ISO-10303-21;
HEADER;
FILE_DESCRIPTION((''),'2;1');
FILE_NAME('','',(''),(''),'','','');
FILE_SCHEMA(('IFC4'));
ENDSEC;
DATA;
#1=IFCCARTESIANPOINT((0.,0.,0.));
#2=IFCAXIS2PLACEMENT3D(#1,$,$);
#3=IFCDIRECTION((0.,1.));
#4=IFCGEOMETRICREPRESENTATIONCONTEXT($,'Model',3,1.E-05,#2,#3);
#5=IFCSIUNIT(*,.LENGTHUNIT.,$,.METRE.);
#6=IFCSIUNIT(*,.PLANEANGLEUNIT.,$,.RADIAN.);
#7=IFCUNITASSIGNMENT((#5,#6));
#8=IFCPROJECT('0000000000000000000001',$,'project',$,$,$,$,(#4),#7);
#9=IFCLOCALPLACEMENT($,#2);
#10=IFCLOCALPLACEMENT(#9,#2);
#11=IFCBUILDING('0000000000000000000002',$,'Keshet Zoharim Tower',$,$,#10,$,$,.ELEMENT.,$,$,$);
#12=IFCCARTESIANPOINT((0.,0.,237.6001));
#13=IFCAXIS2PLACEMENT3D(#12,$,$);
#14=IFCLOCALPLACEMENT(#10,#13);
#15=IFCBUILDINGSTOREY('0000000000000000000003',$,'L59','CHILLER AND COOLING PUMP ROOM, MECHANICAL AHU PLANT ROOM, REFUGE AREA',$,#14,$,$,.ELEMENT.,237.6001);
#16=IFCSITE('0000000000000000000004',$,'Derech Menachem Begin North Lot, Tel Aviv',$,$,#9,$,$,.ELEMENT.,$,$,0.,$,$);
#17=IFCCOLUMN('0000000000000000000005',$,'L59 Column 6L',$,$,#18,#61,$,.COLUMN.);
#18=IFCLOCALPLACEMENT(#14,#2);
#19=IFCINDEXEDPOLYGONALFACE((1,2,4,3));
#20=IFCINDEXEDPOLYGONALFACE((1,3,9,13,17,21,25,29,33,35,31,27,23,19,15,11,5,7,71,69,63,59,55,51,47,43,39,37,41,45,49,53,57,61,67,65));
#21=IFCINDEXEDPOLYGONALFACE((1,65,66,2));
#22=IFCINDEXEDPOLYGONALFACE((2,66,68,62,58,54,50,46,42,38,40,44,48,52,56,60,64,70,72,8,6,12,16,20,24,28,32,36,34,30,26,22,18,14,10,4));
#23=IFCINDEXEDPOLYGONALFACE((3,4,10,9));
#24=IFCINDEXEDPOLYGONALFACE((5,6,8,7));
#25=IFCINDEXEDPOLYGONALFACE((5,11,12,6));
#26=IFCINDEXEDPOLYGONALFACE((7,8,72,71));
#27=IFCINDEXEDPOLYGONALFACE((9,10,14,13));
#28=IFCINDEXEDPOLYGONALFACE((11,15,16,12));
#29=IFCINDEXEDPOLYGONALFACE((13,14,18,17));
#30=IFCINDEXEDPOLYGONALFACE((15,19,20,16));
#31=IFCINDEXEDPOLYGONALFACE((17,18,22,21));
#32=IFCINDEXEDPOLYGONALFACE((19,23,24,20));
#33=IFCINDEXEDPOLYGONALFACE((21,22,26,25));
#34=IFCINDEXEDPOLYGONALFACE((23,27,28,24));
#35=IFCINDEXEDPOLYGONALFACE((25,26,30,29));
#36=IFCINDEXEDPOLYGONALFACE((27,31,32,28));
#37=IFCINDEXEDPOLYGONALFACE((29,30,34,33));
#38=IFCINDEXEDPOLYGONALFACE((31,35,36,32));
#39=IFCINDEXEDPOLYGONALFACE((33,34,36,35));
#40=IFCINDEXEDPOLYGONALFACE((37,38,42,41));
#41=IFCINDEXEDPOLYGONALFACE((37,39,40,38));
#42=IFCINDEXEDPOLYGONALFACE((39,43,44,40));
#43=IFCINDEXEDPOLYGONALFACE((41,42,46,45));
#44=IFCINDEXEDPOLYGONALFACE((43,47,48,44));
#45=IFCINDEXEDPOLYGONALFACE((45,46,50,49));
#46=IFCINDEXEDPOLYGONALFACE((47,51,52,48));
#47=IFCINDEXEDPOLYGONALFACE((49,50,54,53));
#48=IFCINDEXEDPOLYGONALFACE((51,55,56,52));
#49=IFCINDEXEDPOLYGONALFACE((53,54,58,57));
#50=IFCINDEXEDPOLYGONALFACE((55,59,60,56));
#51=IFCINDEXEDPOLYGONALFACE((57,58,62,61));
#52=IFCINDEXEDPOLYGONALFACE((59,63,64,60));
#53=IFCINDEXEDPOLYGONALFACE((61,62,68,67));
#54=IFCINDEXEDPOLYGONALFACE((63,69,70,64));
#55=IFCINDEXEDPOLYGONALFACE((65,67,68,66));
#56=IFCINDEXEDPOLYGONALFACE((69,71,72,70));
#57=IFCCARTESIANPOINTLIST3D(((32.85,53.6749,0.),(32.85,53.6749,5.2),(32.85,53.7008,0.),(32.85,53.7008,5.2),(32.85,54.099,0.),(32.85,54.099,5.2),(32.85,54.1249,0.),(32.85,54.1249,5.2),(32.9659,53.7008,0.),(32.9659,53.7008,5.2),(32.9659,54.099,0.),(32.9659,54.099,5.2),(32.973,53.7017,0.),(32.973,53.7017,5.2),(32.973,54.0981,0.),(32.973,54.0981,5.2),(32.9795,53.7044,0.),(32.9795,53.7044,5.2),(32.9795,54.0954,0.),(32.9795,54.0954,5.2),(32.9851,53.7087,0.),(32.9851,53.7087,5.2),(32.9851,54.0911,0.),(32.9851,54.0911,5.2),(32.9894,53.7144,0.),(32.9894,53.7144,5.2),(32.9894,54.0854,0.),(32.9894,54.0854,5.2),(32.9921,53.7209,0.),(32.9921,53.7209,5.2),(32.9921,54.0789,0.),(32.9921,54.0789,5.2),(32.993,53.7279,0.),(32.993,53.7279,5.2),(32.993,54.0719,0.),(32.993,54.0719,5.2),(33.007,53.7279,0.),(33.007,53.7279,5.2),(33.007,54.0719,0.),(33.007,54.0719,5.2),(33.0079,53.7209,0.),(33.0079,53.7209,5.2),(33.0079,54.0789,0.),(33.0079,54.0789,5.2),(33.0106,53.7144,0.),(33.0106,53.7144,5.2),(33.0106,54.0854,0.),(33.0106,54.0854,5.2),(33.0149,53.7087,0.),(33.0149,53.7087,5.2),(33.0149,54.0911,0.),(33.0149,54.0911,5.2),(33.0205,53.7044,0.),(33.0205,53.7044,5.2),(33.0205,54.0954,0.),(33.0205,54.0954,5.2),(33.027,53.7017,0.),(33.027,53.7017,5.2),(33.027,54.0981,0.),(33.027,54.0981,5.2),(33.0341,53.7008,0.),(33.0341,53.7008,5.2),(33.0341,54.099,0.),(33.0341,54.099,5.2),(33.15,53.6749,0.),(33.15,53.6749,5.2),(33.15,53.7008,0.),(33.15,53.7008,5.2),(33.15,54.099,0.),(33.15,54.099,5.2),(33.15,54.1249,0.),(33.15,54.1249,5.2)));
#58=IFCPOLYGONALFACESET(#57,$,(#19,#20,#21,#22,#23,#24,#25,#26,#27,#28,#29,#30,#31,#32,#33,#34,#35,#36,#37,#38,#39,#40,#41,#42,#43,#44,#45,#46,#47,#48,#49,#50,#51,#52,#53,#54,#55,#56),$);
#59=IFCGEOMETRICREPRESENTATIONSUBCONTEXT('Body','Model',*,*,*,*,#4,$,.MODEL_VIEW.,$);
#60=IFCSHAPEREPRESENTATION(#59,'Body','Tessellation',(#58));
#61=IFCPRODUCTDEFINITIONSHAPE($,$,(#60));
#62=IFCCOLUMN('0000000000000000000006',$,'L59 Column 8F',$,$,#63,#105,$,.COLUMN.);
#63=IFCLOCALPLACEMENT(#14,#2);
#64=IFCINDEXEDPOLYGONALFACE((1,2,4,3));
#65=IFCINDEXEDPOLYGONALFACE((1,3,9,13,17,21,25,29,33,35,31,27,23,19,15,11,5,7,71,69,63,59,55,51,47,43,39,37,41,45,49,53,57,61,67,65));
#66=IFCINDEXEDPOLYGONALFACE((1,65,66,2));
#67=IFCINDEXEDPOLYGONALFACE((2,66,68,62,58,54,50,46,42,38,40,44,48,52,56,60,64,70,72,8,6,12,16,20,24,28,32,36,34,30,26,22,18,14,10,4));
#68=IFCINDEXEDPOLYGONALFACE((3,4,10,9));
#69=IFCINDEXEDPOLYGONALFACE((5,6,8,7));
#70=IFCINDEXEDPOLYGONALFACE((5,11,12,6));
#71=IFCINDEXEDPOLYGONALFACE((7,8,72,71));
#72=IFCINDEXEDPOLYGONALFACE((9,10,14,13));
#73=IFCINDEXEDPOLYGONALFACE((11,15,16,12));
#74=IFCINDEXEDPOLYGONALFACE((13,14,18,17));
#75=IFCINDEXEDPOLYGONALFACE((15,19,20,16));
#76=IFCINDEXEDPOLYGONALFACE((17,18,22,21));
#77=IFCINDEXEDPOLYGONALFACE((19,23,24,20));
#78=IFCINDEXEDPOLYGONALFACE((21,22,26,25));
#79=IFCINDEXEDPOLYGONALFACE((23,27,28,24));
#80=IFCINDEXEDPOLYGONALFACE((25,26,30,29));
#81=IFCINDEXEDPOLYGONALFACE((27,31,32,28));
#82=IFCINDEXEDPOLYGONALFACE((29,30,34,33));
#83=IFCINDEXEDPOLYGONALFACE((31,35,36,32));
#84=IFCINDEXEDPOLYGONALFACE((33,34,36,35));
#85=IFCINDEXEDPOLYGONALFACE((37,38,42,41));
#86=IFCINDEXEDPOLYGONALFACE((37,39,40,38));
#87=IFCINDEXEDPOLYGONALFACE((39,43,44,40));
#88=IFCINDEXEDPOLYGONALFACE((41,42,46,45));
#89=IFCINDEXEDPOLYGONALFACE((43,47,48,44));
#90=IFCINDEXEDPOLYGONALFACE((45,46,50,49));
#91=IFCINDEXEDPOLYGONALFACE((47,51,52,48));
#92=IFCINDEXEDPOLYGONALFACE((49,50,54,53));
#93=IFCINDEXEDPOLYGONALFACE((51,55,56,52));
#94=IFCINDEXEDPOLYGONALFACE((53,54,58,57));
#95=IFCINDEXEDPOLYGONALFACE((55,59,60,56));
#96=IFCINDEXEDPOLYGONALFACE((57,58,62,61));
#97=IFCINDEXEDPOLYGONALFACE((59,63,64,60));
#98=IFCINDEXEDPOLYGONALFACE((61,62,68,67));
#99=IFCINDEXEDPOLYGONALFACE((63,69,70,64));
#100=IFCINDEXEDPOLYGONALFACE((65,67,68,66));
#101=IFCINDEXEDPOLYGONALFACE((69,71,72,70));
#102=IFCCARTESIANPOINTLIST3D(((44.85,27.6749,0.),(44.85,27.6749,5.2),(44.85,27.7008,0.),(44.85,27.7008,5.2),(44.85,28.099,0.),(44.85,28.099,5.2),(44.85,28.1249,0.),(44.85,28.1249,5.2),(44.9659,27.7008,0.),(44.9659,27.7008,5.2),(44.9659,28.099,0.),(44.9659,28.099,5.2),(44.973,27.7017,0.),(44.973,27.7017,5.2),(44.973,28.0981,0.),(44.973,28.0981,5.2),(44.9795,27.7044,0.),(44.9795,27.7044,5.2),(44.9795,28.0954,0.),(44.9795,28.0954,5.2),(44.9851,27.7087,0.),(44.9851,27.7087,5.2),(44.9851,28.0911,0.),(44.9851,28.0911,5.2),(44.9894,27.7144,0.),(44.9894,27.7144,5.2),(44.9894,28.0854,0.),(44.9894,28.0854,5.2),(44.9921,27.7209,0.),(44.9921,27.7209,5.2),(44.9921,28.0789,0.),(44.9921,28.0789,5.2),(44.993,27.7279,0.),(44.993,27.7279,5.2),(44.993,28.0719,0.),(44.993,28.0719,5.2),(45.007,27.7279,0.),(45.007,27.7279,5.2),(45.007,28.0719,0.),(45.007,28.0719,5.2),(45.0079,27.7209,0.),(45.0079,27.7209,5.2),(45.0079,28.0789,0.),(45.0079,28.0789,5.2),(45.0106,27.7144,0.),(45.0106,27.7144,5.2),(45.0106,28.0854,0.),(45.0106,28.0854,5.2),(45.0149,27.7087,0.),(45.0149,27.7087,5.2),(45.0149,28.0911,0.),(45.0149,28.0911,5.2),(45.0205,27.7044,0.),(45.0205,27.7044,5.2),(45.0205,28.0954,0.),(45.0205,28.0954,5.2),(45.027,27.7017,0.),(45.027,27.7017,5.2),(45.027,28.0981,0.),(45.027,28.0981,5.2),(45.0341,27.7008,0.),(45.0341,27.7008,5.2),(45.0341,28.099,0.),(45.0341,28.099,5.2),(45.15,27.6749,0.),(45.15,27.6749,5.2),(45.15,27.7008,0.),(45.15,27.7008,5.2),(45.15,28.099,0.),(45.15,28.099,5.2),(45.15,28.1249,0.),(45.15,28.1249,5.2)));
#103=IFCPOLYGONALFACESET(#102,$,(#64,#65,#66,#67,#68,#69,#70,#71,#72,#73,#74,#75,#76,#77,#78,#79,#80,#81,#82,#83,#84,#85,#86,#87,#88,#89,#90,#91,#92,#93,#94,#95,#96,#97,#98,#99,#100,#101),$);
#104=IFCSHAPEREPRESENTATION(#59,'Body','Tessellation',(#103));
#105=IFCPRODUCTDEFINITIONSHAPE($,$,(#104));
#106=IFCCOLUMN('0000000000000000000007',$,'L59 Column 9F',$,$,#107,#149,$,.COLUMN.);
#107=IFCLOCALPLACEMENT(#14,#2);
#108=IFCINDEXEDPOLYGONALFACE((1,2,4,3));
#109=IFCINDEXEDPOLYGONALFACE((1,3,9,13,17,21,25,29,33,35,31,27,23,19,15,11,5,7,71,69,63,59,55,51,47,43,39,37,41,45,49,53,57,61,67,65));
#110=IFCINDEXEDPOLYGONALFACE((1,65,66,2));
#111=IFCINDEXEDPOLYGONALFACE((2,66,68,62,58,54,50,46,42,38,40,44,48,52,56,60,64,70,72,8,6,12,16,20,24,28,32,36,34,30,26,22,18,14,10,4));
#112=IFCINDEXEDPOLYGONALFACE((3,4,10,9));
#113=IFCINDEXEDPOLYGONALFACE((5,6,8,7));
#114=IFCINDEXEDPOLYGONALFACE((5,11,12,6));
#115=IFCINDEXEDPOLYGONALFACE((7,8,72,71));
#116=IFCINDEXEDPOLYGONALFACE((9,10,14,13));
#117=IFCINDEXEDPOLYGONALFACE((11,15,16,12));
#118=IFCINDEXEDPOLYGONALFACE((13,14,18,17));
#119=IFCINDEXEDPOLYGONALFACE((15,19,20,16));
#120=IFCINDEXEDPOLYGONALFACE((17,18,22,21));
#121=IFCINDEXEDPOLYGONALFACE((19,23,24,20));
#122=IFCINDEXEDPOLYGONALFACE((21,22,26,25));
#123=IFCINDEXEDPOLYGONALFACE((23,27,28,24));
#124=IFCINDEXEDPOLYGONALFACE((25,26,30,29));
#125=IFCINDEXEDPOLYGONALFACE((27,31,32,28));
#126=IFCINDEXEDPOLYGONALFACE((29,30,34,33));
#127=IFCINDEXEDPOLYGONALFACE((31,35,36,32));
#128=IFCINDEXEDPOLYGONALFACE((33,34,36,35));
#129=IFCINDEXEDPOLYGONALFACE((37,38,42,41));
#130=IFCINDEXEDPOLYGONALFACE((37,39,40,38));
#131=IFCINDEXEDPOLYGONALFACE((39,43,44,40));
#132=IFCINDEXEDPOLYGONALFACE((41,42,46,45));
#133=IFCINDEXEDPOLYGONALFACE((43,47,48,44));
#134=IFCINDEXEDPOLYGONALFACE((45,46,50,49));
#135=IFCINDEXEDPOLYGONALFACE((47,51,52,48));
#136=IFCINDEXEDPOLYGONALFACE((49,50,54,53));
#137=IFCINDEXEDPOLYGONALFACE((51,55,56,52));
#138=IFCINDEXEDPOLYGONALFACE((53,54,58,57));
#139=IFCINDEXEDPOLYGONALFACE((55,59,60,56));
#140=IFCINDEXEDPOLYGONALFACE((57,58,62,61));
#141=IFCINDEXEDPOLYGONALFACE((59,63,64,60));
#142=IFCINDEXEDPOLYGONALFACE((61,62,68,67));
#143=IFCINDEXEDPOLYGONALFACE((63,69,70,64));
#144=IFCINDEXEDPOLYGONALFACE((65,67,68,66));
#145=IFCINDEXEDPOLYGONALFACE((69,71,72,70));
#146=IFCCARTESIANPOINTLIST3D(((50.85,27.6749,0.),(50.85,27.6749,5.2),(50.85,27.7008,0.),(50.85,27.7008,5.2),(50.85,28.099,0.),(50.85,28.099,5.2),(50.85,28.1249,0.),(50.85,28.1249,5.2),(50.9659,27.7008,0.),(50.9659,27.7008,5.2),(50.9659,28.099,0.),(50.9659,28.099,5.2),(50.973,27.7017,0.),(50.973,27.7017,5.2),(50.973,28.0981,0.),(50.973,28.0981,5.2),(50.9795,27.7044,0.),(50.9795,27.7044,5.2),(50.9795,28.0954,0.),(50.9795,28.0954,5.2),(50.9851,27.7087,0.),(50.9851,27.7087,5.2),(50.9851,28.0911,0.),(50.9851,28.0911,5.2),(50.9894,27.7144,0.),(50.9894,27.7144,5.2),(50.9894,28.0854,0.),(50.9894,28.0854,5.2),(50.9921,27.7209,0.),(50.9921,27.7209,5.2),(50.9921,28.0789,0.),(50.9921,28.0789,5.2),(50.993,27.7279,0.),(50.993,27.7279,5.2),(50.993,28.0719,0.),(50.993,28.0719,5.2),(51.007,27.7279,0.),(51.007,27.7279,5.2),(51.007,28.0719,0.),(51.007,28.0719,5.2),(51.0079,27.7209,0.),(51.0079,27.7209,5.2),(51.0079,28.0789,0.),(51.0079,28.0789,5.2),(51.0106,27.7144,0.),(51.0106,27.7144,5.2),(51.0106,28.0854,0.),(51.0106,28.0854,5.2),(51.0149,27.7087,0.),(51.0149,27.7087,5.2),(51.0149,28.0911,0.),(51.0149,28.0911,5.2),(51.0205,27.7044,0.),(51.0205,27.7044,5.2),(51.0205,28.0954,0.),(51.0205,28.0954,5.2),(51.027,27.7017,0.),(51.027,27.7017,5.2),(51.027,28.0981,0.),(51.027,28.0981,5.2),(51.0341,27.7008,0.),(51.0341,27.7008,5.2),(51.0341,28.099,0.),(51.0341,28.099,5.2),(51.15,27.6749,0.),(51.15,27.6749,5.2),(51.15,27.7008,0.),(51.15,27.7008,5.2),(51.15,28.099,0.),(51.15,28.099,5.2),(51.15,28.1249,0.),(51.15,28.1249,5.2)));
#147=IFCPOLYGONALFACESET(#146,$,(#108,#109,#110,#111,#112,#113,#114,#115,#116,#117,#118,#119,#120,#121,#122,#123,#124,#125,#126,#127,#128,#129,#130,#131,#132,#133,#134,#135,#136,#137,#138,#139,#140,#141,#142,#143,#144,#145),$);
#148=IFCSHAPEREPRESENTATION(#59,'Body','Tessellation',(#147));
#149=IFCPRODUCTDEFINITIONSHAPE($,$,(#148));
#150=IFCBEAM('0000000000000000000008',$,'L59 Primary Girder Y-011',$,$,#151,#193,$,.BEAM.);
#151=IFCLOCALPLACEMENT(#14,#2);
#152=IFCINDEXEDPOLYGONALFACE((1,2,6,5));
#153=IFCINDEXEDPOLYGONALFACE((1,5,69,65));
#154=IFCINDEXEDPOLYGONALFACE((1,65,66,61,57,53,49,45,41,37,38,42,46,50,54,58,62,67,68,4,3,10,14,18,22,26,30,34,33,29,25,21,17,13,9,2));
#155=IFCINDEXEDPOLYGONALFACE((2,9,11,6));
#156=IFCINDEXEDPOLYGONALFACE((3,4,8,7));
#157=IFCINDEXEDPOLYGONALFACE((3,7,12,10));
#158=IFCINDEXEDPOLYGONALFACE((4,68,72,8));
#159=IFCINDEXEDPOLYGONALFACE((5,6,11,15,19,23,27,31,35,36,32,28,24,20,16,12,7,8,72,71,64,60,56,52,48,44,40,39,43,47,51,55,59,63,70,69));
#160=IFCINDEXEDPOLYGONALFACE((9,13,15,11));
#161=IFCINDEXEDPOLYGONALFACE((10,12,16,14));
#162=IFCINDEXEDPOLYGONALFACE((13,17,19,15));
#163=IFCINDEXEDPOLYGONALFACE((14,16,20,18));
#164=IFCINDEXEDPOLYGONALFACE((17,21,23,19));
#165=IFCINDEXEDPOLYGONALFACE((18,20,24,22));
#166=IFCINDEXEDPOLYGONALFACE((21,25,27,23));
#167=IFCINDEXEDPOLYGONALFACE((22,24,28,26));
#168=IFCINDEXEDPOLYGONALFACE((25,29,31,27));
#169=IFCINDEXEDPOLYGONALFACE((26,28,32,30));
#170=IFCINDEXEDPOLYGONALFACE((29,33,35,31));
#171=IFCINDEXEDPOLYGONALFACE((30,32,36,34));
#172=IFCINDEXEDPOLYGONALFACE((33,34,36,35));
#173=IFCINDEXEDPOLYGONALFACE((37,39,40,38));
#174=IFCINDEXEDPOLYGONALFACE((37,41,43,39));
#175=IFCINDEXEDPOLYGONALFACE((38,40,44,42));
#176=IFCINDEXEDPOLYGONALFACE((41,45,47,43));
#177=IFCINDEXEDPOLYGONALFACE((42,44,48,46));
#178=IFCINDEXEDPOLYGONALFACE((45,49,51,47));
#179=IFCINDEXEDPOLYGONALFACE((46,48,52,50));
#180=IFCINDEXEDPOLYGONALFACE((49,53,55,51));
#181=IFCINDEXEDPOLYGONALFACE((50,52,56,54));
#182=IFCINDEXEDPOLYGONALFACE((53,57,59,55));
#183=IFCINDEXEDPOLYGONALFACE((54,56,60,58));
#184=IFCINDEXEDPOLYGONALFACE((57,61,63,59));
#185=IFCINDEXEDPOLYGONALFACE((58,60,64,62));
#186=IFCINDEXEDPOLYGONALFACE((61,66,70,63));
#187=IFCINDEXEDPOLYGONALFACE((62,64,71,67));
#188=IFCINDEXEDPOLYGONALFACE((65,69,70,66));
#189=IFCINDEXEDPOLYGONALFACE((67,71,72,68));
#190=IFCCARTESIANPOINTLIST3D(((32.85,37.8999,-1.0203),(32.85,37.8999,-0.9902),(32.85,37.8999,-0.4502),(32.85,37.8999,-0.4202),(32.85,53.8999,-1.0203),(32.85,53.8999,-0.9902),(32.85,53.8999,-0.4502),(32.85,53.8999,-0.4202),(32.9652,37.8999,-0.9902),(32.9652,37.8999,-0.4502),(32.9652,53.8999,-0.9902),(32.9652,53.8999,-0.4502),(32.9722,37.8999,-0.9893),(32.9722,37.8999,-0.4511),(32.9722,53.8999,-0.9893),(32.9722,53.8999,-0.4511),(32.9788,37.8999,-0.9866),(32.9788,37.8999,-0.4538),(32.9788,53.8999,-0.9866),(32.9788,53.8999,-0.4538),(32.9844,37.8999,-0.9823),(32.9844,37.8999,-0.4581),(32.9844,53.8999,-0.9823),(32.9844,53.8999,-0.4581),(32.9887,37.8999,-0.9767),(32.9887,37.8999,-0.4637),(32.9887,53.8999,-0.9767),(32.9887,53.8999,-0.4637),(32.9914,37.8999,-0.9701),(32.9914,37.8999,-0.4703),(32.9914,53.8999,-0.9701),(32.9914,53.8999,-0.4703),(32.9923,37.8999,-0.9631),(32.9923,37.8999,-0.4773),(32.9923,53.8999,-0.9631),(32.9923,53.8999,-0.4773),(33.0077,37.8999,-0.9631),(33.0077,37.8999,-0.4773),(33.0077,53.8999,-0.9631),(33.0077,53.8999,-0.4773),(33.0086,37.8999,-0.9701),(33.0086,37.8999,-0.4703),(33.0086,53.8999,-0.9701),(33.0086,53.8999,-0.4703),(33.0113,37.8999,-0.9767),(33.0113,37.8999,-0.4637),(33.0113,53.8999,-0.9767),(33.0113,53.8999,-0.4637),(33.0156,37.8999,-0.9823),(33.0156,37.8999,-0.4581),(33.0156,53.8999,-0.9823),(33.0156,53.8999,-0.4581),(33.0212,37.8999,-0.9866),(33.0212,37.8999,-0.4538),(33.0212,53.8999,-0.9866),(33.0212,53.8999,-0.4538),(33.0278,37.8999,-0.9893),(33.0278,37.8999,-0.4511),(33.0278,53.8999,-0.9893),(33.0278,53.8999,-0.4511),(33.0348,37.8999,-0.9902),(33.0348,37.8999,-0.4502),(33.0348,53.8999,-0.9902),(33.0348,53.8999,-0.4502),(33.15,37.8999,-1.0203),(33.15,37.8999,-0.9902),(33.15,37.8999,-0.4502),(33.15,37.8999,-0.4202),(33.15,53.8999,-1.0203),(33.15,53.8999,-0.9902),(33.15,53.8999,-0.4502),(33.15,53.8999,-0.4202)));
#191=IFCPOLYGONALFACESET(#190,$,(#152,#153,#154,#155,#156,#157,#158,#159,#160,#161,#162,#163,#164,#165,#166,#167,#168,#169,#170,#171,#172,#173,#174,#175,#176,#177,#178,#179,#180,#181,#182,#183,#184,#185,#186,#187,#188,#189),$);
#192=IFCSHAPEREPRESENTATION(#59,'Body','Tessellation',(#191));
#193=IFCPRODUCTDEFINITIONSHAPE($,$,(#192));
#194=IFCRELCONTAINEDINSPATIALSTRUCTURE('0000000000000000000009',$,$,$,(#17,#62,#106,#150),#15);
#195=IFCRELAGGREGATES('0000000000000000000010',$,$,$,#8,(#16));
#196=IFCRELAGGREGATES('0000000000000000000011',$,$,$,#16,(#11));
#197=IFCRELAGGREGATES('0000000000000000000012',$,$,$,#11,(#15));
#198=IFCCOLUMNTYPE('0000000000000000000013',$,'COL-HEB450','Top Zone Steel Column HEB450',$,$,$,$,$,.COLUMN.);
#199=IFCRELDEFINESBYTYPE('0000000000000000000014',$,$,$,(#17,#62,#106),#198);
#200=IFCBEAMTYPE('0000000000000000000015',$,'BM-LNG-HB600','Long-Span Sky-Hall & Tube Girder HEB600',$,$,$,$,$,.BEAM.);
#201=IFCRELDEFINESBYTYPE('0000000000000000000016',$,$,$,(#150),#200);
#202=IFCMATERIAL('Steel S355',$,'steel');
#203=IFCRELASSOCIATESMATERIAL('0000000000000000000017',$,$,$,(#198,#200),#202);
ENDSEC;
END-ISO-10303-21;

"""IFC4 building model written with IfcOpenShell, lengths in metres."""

from ifc_helpers import new_model, si_unit, direction, frame, origin, origin_2d, place, context, subcontext, project, spatial, i_section, extrude, material, material_profile, profile_set, type_object, element, save


model = new_model("IFC4")

# Units and contexts
model_context = context("Model", 3, precision=1e-05, world=origin(), true_north=direction((0.0, 1.0)))
body_context = subcontext(model_context, "Body", "Model", "MODEL_VIEW")
ifc_project = project(units=[si_unit("LENGTHUNIT", "METRE"), si_unit("PLANEANGLEUNIT", "RADIAN")], contexts=[model_context])

# Site, building, storey
site_placement = place(None, origin())
site = spatial("IfcSite", under=ifc_project, at=site_placement, Name="Derech Menachem Begin North Lot, Tel Aviv", CompositionType="ELEMENT", RefElevation=0.0)
building_placement = place(site_placement, origin())
building = spatial("IfcBuilding", under=site, at=building_placement, Name="Keshet Zoharim Tower", CompositionType="ELEMENT")
storey_placement = place(building_placement, frame((0.0, 0.0, 237.6001)))
storey = spatial("IfcBuildingStorey", under=building, at=storey_placement, Name="L59", Description="CHILLER AND COOLING PUMP ROOM, MECHANICAL AHU PLANT ROOM, REFUGE AREA", CompositionType="ELEMENT", Elevation=237.6001)

# Columns
ifc_material_1 = material(Name="Steel S355", Category="steel")
ifc_material_profile_1 = material_profile(ifc_material_1, i_section(OverallWidth=0.3, OverallDepth=0.45, WebThickness=0.0139, FlangeThickness=0.0259, FilletRadius=0.0271, at=origin_2d()), Name="HEB450")
ifc_profile_set_1 = profile_set([ifc_material_profile_1], Name="Steel S355")
column_type = type_object("IfcColumnType", Name="COL-HEB450", Description="Top Zone Steel Column HEB450", PredefinedType="COLUMN", material=ifc_profile_set_1)
for number, where, z_axis, x_axis, name in (
    (1, (33.0, 53.8999, 0.0), (0.0, 0.0, 1.0), (1.0, 0.0, 0.0), "L59 Column 6L"),
    (2, (45.0, 27.8999, 0.0), (0.0, 0.0, 1.0), (1.0, 0.0, 0.0), "L59 Column 8F"),
    (3, (51.0, 27.8999, 0.0), (0.0, 0.0, 1.0), (1.0, 0.0, 0.0), "L59 Column 9F"),
):
    element("IfcColumn", number, at=place(storey_placement, frame(where, z_axis=z_axis, x_axis=x_axis)), inside=storey, type_object=column_type, Name=name, PredefinedType="COLUMN", context=body_context, shape_type="SweptSolid", body=[
        extrude(i_section(OverallWidth=0.3, OverallDepth=0.45, WebThickness=0.0139, FlangeThickness=0.0259, FilletRadius=0.0271, at=origin_2d()), origin(), (0.0, 0.0, 1.0), 5.2),
    ])

# Beam
ifc_material_profile_2 = material_profile(ifc_material_1, i_section(OverallWidth=0.3, OverallDepth=0.6001, WebThickness=0.0154, FlangeThickness=0.03, FilletRadius=0.0271, at=origin_2d()), Name="HEB600")
ifc_profile_set_2 = profile_set([ifc_material_profile_2], Name="Steel S355")
beam_type_1 = type_object("IfcBeamType", Name="BM-LNG-HB600", Description="Long-Span Sky-Hall & Tube Girder HEB600", PredefinedType="BEAM", material=ifc_profile_set_2)
beam_1_placement = place(storey_placement, frame((33.0, 37.8999, -0.7202), z_axis=(0.0, 1.0, 0.0), x_axis=(-1.0, 0.0, 0.0)))
element("IfcBeam", 4, at=beam_1_placement, inside=storey, type_object=beam_type_1, Name="L59 Primary Girder Y-011", PredefinedType="BEAM", context=body_context, shape_type="SweptSolid", body=[
    extrude(i_section(OverallWidth=0.3, OverallDepth=0.6001, WebThickness=0.0154, FlangeThickness=0.03, FilletRadius=0.0271, at=origin_2d()), origin(), (0.0, 0.0, 1.0), 16.0),
])

save(model, "model.ifc")
